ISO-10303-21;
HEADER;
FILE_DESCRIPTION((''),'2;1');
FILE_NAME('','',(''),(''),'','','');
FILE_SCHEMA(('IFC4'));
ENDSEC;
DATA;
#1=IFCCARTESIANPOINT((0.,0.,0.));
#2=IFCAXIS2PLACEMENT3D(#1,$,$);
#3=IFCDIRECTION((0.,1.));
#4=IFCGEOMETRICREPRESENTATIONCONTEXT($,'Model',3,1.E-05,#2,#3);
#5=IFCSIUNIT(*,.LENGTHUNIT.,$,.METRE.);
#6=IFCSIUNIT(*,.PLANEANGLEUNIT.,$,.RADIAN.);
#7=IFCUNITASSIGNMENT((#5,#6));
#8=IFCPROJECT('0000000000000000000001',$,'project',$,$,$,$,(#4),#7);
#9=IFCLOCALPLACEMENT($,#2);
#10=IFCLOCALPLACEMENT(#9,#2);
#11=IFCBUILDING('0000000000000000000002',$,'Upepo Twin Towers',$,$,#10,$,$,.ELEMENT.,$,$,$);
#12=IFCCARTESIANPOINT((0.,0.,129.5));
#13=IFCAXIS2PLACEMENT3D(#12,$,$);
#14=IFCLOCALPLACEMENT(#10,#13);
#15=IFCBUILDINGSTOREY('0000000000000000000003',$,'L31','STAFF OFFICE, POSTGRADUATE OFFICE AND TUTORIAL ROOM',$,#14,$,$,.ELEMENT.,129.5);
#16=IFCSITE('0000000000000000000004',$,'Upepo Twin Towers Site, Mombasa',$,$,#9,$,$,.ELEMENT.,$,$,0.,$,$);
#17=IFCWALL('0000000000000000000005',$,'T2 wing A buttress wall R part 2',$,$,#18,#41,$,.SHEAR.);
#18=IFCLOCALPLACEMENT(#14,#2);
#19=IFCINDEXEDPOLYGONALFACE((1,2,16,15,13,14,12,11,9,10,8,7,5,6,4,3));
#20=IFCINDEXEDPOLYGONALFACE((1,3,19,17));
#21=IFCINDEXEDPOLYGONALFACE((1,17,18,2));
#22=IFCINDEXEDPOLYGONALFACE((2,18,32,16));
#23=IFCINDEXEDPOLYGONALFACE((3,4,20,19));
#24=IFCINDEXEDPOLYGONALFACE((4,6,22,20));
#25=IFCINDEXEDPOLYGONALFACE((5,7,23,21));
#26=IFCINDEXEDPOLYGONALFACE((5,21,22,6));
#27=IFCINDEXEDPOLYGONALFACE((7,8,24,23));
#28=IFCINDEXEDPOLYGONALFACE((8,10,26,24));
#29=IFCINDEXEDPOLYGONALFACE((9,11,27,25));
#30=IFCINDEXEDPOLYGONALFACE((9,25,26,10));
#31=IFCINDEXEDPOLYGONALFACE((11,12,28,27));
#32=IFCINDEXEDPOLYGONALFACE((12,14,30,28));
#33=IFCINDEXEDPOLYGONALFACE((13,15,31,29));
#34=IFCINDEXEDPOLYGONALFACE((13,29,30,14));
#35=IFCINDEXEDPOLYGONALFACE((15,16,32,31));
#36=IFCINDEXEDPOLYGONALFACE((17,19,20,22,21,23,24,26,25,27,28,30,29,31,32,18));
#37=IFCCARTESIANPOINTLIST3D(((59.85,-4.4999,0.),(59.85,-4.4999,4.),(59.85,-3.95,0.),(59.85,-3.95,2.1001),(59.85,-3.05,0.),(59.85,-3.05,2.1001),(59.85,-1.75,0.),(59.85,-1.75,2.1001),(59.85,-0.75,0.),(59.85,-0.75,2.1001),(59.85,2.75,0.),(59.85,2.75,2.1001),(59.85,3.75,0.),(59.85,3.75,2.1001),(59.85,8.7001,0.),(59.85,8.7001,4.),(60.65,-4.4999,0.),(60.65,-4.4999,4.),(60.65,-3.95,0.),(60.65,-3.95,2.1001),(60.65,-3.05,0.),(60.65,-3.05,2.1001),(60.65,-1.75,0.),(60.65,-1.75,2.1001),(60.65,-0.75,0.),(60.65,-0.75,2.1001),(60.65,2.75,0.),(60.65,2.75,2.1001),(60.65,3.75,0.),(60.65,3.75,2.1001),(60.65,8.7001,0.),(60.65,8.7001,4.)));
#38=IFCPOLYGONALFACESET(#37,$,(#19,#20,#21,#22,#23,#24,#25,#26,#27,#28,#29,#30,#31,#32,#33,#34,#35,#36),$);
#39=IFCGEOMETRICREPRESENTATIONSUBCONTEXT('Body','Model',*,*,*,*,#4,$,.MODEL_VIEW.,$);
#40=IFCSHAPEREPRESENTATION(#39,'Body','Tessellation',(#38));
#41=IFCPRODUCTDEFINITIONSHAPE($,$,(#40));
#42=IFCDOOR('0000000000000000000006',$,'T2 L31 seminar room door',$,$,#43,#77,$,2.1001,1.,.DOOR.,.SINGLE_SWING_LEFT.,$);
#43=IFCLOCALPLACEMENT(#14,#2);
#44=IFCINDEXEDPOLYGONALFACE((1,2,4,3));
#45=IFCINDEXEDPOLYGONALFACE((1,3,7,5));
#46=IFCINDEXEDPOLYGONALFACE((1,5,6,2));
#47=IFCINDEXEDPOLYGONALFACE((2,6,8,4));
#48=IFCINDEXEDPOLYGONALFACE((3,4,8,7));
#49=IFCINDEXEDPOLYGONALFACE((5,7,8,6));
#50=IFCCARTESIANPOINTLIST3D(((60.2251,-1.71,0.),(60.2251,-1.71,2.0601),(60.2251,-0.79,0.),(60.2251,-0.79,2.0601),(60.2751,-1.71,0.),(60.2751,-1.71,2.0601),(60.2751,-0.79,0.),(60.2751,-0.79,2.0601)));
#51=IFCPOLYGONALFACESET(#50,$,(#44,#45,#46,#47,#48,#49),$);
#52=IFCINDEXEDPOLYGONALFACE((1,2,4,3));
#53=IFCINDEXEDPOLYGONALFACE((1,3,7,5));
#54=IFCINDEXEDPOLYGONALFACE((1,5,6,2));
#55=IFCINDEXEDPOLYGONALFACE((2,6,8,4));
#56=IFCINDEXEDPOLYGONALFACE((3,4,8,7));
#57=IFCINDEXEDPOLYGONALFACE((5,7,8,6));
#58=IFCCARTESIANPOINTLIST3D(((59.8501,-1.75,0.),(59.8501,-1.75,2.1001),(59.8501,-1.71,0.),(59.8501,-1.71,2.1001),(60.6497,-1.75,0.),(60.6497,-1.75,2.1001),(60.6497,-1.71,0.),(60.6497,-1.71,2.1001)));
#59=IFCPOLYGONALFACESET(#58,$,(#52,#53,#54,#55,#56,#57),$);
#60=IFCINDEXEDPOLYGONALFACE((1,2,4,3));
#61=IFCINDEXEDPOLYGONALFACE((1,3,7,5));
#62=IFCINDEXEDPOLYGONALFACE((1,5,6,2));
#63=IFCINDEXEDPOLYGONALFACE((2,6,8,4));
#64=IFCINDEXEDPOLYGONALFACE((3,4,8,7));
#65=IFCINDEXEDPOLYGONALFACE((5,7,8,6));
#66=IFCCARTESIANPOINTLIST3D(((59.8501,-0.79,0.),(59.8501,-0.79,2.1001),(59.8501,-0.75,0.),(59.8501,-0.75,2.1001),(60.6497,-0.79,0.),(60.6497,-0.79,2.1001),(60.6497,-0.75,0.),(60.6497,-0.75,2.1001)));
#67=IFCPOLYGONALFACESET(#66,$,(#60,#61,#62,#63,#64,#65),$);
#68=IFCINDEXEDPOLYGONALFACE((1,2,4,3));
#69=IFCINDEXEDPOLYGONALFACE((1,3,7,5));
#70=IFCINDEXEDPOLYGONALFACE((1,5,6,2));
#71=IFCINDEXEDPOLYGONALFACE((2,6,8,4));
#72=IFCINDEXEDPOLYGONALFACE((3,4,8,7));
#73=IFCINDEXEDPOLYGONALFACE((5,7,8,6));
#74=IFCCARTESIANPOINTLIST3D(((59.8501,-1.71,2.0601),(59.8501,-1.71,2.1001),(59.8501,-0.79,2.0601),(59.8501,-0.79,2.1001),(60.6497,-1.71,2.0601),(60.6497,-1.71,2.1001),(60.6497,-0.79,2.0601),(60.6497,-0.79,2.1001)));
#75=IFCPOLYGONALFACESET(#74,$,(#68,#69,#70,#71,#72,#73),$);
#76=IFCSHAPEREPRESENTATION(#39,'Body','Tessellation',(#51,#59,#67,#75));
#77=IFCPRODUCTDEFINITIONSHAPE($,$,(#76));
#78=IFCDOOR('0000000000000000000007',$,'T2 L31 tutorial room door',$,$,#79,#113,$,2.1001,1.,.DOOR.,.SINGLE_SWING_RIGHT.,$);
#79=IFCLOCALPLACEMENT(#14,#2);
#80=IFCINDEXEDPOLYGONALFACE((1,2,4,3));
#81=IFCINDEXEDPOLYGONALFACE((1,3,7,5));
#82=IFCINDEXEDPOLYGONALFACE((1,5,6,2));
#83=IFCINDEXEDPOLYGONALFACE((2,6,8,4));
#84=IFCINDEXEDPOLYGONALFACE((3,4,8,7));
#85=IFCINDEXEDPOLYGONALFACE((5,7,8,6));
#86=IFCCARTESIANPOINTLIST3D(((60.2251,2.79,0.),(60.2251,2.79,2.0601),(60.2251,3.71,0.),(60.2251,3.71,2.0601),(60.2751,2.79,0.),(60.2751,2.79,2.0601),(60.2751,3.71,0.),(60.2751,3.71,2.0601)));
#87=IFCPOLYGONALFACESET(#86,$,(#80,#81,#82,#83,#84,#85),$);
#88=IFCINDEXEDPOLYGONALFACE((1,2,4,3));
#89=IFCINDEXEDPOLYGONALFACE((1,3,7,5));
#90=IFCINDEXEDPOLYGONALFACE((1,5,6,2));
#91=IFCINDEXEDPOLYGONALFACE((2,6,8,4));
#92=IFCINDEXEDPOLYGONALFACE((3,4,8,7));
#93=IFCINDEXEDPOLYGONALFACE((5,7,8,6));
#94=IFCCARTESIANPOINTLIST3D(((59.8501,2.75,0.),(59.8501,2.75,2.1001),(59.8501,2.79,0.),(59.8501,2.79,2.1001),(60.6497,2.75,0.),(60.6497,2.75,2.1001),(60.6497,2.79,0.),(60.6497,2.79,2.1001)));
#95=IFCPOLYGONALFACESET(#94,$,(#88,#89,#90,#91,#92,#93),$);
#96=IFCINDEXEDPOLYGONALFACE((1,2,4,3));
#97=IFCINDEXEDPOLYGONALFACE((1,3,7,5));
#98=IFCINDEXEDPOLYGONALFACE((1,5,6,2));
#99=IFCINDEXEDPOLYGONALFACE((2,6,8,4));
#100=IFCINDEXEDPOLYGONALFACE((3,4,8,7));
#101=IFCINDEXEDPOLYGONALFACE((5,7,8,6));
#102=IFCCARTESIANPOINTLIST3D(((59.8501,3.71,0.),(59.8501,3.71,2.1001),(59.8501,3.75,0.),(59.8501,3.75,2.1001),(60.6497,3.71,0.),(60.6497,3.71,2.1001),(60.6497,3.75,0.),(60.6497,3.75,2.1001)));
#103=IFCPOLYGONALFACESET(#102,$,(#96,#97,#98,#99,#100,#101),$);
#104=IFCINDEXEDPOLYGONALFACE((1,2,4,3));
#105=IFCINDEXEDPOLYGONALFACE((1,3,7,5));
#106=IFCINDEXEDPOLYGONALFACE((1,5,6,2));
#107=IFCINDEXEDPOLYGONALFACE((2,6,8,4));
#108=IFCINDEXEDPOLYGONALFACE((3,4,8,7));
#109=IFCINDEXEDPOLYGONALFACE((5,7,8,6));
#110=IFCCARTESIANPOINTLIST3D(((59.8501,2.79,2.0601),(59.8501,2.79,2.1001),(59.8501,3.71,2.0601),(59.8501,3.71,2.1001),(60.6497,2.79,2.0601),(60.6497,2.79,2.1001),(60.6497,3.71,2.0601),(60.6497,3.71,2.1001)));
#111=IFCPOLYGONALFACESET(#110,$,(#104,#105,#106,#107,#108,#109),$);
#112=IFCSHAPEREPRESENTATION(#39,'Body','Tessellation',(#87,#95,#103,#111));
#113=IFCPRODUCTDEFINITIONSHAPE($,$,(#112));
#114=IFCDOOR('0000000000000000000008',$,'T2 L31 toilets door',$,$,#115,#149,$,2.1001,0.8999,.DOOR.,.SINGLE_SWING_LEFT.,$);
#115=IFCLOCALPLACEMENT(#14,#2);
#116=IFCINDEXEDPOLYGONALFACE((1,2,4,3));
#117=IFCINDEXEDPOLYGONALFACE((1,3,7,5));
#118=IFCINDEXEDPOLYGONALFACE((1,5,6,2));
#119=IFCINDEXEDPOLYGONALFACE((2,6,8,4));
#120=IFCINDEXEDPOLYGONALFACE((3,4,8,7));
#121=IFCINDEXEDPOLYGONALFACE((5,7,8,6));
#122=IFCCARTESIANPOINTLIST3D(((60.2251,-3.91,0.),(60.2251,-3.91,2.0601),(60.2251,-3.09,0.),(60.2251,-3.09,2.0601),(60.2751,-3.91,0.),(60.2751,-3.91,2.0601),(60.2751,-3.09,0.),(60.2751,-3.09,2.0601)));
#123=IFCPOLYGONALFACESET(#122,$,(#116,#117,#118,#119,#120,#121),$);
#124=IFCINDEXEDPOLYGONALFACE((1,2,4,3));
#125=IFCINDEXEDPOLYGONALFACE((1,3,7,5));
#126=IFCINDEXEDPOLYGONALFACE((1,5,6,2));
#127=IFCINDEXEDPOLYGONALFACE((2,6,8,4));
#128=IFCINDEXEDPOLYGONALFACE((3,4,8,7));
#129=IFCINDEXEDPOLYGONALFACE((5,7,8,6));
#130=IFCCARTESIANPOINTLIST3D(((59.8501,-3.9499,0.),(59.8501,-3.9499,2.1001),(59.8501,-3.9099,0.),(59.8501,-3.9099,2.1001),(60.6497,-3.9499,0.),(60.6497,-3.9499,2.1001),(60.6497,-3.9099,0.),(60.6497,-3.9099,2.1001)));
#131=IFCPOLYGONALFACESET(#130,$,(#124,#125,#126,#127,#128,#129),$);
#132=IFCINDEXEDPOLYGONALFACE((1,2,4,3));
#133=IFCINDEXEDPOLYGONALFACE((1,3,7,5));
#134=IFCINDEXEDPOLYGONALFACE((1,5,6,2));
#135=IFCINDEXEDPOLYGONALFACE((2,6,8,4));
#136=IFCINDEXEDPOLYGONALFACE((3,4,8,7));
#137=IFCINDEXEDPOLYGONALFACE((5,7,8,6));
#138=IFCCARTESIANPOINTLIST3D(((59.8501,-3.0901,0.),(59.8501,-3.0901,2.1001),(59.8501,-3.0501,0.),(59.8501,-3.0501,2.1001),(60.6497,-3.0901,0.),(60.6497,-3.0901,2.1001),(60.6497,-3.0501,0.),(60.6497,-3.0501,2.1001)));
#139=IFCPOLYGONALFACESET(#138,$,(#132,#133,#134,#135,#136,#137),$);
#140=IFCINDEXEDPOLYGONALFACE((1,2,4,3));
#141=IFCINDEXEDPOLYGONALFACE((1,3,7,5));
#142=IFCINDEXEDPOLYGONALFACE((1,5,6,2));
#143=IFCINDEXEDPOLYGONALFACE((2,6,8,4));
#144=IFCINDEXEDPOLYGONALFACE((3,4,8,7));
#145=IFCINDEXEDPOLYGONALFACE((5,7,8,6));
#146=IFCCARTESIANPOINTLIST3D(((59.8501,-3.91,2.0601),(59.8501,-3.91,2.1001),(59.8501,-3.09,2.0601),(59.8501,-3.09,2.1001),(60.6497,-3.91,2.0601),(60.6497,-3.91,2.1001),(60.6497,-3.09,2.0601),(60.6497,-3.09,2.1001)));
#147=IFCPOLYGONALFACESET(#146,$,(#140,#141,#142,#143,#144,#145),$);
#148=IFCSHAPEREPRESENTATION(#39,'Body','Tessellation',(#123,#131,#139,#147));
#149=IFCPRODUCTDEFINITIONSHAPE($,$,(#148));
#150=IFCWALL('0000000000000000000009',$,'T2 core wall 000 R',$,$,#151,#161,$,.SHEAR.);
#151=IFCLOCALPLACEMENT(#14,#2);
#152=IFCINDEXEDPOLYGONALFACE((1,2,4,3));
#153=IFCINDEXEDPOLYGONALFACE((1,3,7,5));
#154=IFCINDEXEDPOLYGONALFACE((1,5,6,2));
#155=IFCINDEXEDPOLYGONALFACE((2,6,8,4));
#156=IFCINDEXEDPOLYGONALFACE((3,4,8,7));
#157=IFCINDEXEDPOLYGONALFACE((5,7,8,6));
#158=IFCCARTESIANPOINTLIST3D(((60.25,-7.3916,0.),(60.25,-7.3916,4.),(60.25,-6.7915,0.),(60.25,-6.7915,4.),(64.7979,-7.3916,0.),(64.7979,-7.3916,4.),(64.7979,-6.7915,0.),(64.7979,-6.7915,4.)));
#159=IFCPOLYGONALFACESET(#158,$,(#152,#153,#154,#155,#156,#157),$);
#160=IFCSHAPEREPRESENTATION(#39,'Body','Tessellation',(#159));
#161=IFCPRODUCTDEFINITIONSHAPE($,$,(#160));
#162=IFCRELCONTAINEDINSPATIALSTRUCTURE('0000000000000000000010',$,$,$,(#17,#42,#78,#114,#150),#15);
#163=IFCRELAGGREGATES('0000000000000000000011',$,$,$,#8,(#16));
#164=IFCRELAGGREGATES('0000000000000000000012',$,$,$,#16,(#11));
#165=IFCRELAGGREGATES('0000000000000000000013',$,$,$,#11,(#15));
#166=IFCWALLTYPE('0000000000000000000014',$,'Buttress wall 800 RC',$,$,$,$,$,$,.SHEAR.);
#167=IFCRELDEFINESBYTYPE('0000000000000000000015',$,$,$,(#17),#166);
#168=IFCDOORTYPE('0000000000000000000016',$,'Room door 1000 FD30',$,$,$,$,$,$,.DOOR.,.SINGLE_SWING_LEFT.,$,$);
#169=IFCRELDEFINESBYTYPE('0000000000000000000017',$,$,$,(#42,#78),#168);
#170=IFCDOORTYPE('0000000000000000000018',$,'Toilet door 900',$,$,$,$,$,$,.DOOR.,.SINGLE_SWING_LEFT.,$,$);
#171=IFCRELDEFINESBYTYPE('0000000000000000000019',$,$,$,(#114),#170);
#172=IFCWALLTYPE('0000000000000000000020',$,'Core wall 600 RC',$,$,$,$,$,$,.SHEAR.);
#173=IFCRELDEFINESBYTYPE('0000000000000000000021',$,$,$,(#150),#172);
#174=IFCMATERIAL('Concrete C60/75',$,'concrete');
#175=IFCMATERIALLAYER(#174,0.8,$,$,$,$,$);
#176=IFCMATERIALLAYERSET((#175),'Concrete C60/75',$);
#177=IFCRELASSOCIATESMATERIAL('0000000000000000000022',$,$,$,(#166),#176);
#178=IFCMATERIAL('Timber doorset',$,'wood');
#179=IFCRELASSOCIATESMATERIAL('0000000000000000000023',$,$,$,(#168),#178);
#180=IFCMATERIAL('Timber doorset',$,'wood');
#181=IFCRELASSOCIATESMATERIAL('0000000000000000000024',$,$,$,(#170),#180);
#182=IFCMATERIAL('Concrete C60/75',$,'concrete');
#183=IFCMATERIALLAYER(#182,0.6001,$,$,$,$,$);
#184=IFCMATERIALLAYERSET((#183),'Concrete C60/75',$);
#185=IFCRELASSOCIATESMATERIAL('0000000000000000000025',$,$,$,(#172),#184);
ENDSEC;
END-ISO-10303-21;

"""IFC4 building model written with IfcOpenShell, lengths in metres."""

from ifc_helpers import new_model, si_unit, direction, frame, frame_2d, origin, place, context, subcontext, project, spatial, rectangle, extrude, material, layer, layer_set, type_object, element, fill, save


model = new_model("IFC4")

# Units and contexts
model_context = context("Model", 3, precision=1e-05, world=origin(), true_north=direction((0.0, 1.0)))
body_context = subcontext(model_context, "Body", "Model", "MODEL_VIEW")
ifc_project = project(units=[si_unit("LENGTHUNIT", "METRE"), si_unit("PLANEANGLEUNIT", "RADIAN")], contexts=[model_context])

# Site, building, storey
site_placement = place(None, origin())
site = spatial("IfcSite", under=ifc_project, at=site_placement, Name="Upepo Twin Towers Site, Mombasa", CompositionType="ELEMENT", RefElevation=0.0)
building_placement = place(site_placement, origin())
building = spatial("IfcBuilding", under=site, at=building_placement, Name="Upepo Twin Towers", CompositionType="ELEMENT")
storey_placement = place(building_placement, frame((0.0, 0.0, 129.5)))
storey = spatial("IfcBuildingStorey", under=building, at=storey_placement, Name="L31", Description="STAFF OFFICE, POSTGRADUATE OFFICE AND TUTORIAL ROOM", CompositionType="ELEMENT", Elevation=129.5)

# Wall, openings, doors
ifc_material_1 = material(Name="Concrete C60/75", Category="concrete")
ifc_layer_1 = layer(ifc_material_1, 0.8)
ifc_layer_set_1 = layer_set([ifc_layer_1], Name="Concrete C60/75")
wall_type_1 = type_object("IfcWallType", Name="Buttress wall 800 RC", PredefinedType="SHEAR", material=ifc_layer_set_1)
ifc_material_2 = material(Name="Timber doorset", Category="wood")
door_type_1 = type_object("IfcDoorType", Name="Room door 1000 FD30", OperationType="SINGLE_SWING_LEFT", PredefinedType="DOOR", material=ifc_material_2)
ifc_material_3 = material(Name="Timber doorset", Category="wood")
door_type_2 = type_object("IfcDoorType", Name="Toilet door 900", OperationType="SINGLE_SWING_LEFT", PredefinedType="DOOR", material=ifc_material_3)
wall_1_placement = place(storey_placement, frame((60.25, -4.5, 0.0), z_axis=(0.0, 0.0, 1.0), x_axis=(0.0, 1.0, 0.0)))
wall_1 = element("IfcWall", 1, at=wall_1_placement, inside=storey, type_object=wall_type_1, Name="T2 wing A buttress wall R part 2", PredefinedType="SHEAR", context=body_context, shape_type="SweptSolid", body=[
    extrude(rectangle(XDim=13.2, YDim=0.8, at=frame_2d((6.6001, 0.0))), origin(), (0.0, 0.0, 1.0), 4.0),
])
opening_1_placement = place(wall_1_placement, frame((0.55, 0.0, 0.0)))
opening_1 = element("IfcOpeningElement", 2, at=opening_1_placement, cuts=wall_1, PredefinedType="OPENING", context=body_context, shape_type="SweptSolid", body=[
    extrude(rectangle(XDim=0.8999, YDim=2.1001, at=frame_2d((0.45, 1.05))), frame((0.0, 0.4099, 0.0), z_axis=(0.0, -1.0, 0.0), x_axis=(1.0, 0.0, 0.0)), (0.0, 0.0, 1.0), 0.8201),
])
opening_2_placement = place(wall_1_placement, frame((2.75, 0.0, 0.0)))
opening_2 = element("IfcOpeningElement", 3, at=opening_2_placement, cuts=wall_1, PredefinedType="OPENING", context=body_context, shape_type="SweptSolid", body=[
    extrude(rectangle(XDim=1.0, YDim=2.1001, at=frame_2d((0.5, 1.05))), frame((0.0, 0.4099, 0.0), z_axis=(0.0, -1.0, 0.0), x_axis=(1.0, 0.0, 0.0)), (0.0, 0.0, 1.0), 0.8201),
])
opening_3_placement = place(wall_1_placement, frame((7.25, 0.0, 0.0)))
opening_3 = element("IfcOpeningElement", 4, at=opening_3_placement, cuts=wall_1, PredefinedType="OPENING", context=body_context, shape_type="SweptSolid", body=[
    extrude(rectangle(XDim=1.0, YDim=2.1001, at=frame_2d((0.5, 1.05))), frame((0.0, 0.4099, 0.0), z_axis=(0.0, -1.0, 0.0), x_axis=(1.0, 0.0, 0.0)), (0.0, 0.0, 1.0), 0.8201),
])
door_1_placement = place(opening_2_placement, origin())
door_1 = element("IfcDoor", 5, at=door_1_placement, inside=storey, type_object=door_type_1, Name="T2 L31 seminar room door", OperationType="SINGLE_SWING_LEFT", OverallHeight=2.1001, OverallWidth=1.0, PredefinedType="DOOR", context=body_context, shape_type="SweptSolid", body=[
    extrude(rectangle(XDim=0.92, YDim=2.0601, at=frame_2d((0.5, 1.03))), frame((0.0, 0.0249, 0.0), z_axis=(0.0, -1.0, 0.0), x_axis=(1.0, 0.0, 0.0)), (0.0, 0.0, 1.0), 0.05),
    extrude(rectangle(XDim=0.04, YDim=2.1001, at=frame_2d((0.02, 1.05))), frame((0.0, 0.3999, 0.0), z_axis=(0.0, -1.0, 0.0), x_axis=(1.0, 0.0, 0.0)), (0.0, 0.0, 1.0), 0.7996),
    extrude(rectangle(XDim=0.04, YDim=2.1001, at=frame_2d((0.98, 1.05))), frame((0.0, 0.3999, 0.0), z_axis=(0.0, -1.0, 0.0), x_axis=(1.0, 0.0, 0.0)), (0.0, 0.0, 1.0), 0.7996),
    extrude(rectangle(XDim=0.92, YDim=0.04, at=frame_2d((0.5, 2.0801))), frame((0.0, 0.3999, 0.0), z_axis=(0.0, -1.0, 0.0), x_axis=(1.0, 0.0, 0.0)), (0.0, 0.0, 1.0), 0.7996),
])
fill(opening_2, door_1)
door_2_placement = place(opening_3_placement, origin())
door_2 = element("IfcDoor", 6, at=door_2_placement, inside=storey, type_object=door_type_1, Name="T2 L31 tutorial room door", OperationType="SINGLE_SWING_RIGHT", OverallHeight=2.1001, OverallWidth=1.0, PredefinedType="DOOR", context=body_context, shape_type="SweptSolid", body=[
    extrude(rectangle(XDim=0.92, YDim=2.0601, at=frame_2d((0.5, 1.03))), frame((0.0, 0.0249, 0.0), z_axis=(0.0, -1.0, 0.0), x_axis=(1.0, 0.0, 0.0)), (0.0, 0.0, 1.0), 0.05),
    extrude(rectangle(XDim=0.04, YDim=2.1001, at=frame_2d((0.02, 1.05))), frame((0.0, 0.3999, 0.0), z_axis=(0.0, -1.0, 0.0), x_axis=(1.0, 0.0, 0.0)), (0.0, 0.0, 1.0), 0.7996),
    extrude(rectangle(XDim=0.04, YDim=2.1001, at=frame_2d((0.98, 1.05))), frame((0.0, 0.3999, 0.0), z_axis=(0.0, -1.0, 0.0), x_axis=(1.0, 0.0, 0.0)), (0.0, 0.0, 1.0), 0.7996),
    extrude(rectangle(XDim=0.92, YDim=0.04, at=frame_2d((0.5, 2.0801))), frame((0.0, 0.3999, 0.0), z_axis=(0.0, -1.0, 0.0), x_axis=(1.0, 0.0, 0.0)), (0.0, 0.0, 1.0), 0.7996),
])
fill(opening_3, door_2)
door_3_placement = place(opening_1_placement, origin())
door_3 = element("IfcDoor", 7, at=door_3_placement, inside=storey, type_object=door_type_2, Name="T2 L31 toilets door", OperationType="SINGLE_SWING_LEFT", OverallHeight=2.1001, OverallWidth=0.8999, PredefinedType="DOOR", context=body_context, shape_type="SweptSolid", body=[
    extrude(rectangle(XDim=0.8199, YDim=2.0601, at=frame_2d((0.45, 1.03))), frame((0.0, 0.0249, 0.0), z_axis=(0.0, -1.0, 0.0), x_axis=(1.0, 0.0, 0.0)), (0.0, 0.0, 1.0), 0.05),
    extrude(rectangle(XDim=0.04, YDim=2.1001, at=frame_2d((0.02, 1.05))), frame((0.0, 0.3999, 0.0), z_axis=(0.0, -1.0, 0.0), x_axis=(1.0, 0.0, 0.0)), (0.0, 0.0, 1.0), 0.7996),
    extrude(rectangle(XDim=0.04, YDim=2.1001, at=frame_2d((0.8799, 1.05))), frame((0.0, 0.3999, 0.0), z_axis=(0.0, -1.0, 0.0), x_axis=(1.0, 0.0, 0.0)), (0.0, 0.0, 1.0), 0.7996),
    extrude(rectangle(XDim=0.8199, YDim=0.04, at=frame_2d((0.45, 2.0801))), frame((0.0, 0.3999, 0.0), z_axis=(0.0, -1.0, 0.0), x_axis=(1.0, 0.0, 0.0)), (0.0, 0.0, 1.0), 0.7996),
])
fill(opening_1, door_3)

# Wall
ifc_material_4 = material(Name="Concrete C60/75", Category="concrete")
ifc_layer_2 = layer(ifc_material_4, 0.6001)
ifc_layer_set_2 = layer_set([ifc_layer_2], Name="Concrete C60/75")
wall_type_2 = type_object("IfcWallType", Name="Core wall 600 RC", PredefinedType="SHEAR", material=ifc_layer_set_2)
wall_2_placement = place(storey_placement, frame((64.7979, -7.0916, 0.0), z_axis=(0.0, 0.0, 1.0), x_axis=(-1.0, 0.0, 0.0)))
element("IfcWall", 8, at=wall_2_placement, inside=storey, type_object=wall_type_2, Name="T2 core wall 000 R", PredefinedType="SHEAR", context=body_context, shape_type="SweptSolid", body=[
    extrude(rectangle(XDim=4.5479, YDim=0.6001, at=frame_2d((2.2739, 0.0))), origin(), (0.0, 0.0, 1.0), 4.0),
])

save(model, "model.ifc")
